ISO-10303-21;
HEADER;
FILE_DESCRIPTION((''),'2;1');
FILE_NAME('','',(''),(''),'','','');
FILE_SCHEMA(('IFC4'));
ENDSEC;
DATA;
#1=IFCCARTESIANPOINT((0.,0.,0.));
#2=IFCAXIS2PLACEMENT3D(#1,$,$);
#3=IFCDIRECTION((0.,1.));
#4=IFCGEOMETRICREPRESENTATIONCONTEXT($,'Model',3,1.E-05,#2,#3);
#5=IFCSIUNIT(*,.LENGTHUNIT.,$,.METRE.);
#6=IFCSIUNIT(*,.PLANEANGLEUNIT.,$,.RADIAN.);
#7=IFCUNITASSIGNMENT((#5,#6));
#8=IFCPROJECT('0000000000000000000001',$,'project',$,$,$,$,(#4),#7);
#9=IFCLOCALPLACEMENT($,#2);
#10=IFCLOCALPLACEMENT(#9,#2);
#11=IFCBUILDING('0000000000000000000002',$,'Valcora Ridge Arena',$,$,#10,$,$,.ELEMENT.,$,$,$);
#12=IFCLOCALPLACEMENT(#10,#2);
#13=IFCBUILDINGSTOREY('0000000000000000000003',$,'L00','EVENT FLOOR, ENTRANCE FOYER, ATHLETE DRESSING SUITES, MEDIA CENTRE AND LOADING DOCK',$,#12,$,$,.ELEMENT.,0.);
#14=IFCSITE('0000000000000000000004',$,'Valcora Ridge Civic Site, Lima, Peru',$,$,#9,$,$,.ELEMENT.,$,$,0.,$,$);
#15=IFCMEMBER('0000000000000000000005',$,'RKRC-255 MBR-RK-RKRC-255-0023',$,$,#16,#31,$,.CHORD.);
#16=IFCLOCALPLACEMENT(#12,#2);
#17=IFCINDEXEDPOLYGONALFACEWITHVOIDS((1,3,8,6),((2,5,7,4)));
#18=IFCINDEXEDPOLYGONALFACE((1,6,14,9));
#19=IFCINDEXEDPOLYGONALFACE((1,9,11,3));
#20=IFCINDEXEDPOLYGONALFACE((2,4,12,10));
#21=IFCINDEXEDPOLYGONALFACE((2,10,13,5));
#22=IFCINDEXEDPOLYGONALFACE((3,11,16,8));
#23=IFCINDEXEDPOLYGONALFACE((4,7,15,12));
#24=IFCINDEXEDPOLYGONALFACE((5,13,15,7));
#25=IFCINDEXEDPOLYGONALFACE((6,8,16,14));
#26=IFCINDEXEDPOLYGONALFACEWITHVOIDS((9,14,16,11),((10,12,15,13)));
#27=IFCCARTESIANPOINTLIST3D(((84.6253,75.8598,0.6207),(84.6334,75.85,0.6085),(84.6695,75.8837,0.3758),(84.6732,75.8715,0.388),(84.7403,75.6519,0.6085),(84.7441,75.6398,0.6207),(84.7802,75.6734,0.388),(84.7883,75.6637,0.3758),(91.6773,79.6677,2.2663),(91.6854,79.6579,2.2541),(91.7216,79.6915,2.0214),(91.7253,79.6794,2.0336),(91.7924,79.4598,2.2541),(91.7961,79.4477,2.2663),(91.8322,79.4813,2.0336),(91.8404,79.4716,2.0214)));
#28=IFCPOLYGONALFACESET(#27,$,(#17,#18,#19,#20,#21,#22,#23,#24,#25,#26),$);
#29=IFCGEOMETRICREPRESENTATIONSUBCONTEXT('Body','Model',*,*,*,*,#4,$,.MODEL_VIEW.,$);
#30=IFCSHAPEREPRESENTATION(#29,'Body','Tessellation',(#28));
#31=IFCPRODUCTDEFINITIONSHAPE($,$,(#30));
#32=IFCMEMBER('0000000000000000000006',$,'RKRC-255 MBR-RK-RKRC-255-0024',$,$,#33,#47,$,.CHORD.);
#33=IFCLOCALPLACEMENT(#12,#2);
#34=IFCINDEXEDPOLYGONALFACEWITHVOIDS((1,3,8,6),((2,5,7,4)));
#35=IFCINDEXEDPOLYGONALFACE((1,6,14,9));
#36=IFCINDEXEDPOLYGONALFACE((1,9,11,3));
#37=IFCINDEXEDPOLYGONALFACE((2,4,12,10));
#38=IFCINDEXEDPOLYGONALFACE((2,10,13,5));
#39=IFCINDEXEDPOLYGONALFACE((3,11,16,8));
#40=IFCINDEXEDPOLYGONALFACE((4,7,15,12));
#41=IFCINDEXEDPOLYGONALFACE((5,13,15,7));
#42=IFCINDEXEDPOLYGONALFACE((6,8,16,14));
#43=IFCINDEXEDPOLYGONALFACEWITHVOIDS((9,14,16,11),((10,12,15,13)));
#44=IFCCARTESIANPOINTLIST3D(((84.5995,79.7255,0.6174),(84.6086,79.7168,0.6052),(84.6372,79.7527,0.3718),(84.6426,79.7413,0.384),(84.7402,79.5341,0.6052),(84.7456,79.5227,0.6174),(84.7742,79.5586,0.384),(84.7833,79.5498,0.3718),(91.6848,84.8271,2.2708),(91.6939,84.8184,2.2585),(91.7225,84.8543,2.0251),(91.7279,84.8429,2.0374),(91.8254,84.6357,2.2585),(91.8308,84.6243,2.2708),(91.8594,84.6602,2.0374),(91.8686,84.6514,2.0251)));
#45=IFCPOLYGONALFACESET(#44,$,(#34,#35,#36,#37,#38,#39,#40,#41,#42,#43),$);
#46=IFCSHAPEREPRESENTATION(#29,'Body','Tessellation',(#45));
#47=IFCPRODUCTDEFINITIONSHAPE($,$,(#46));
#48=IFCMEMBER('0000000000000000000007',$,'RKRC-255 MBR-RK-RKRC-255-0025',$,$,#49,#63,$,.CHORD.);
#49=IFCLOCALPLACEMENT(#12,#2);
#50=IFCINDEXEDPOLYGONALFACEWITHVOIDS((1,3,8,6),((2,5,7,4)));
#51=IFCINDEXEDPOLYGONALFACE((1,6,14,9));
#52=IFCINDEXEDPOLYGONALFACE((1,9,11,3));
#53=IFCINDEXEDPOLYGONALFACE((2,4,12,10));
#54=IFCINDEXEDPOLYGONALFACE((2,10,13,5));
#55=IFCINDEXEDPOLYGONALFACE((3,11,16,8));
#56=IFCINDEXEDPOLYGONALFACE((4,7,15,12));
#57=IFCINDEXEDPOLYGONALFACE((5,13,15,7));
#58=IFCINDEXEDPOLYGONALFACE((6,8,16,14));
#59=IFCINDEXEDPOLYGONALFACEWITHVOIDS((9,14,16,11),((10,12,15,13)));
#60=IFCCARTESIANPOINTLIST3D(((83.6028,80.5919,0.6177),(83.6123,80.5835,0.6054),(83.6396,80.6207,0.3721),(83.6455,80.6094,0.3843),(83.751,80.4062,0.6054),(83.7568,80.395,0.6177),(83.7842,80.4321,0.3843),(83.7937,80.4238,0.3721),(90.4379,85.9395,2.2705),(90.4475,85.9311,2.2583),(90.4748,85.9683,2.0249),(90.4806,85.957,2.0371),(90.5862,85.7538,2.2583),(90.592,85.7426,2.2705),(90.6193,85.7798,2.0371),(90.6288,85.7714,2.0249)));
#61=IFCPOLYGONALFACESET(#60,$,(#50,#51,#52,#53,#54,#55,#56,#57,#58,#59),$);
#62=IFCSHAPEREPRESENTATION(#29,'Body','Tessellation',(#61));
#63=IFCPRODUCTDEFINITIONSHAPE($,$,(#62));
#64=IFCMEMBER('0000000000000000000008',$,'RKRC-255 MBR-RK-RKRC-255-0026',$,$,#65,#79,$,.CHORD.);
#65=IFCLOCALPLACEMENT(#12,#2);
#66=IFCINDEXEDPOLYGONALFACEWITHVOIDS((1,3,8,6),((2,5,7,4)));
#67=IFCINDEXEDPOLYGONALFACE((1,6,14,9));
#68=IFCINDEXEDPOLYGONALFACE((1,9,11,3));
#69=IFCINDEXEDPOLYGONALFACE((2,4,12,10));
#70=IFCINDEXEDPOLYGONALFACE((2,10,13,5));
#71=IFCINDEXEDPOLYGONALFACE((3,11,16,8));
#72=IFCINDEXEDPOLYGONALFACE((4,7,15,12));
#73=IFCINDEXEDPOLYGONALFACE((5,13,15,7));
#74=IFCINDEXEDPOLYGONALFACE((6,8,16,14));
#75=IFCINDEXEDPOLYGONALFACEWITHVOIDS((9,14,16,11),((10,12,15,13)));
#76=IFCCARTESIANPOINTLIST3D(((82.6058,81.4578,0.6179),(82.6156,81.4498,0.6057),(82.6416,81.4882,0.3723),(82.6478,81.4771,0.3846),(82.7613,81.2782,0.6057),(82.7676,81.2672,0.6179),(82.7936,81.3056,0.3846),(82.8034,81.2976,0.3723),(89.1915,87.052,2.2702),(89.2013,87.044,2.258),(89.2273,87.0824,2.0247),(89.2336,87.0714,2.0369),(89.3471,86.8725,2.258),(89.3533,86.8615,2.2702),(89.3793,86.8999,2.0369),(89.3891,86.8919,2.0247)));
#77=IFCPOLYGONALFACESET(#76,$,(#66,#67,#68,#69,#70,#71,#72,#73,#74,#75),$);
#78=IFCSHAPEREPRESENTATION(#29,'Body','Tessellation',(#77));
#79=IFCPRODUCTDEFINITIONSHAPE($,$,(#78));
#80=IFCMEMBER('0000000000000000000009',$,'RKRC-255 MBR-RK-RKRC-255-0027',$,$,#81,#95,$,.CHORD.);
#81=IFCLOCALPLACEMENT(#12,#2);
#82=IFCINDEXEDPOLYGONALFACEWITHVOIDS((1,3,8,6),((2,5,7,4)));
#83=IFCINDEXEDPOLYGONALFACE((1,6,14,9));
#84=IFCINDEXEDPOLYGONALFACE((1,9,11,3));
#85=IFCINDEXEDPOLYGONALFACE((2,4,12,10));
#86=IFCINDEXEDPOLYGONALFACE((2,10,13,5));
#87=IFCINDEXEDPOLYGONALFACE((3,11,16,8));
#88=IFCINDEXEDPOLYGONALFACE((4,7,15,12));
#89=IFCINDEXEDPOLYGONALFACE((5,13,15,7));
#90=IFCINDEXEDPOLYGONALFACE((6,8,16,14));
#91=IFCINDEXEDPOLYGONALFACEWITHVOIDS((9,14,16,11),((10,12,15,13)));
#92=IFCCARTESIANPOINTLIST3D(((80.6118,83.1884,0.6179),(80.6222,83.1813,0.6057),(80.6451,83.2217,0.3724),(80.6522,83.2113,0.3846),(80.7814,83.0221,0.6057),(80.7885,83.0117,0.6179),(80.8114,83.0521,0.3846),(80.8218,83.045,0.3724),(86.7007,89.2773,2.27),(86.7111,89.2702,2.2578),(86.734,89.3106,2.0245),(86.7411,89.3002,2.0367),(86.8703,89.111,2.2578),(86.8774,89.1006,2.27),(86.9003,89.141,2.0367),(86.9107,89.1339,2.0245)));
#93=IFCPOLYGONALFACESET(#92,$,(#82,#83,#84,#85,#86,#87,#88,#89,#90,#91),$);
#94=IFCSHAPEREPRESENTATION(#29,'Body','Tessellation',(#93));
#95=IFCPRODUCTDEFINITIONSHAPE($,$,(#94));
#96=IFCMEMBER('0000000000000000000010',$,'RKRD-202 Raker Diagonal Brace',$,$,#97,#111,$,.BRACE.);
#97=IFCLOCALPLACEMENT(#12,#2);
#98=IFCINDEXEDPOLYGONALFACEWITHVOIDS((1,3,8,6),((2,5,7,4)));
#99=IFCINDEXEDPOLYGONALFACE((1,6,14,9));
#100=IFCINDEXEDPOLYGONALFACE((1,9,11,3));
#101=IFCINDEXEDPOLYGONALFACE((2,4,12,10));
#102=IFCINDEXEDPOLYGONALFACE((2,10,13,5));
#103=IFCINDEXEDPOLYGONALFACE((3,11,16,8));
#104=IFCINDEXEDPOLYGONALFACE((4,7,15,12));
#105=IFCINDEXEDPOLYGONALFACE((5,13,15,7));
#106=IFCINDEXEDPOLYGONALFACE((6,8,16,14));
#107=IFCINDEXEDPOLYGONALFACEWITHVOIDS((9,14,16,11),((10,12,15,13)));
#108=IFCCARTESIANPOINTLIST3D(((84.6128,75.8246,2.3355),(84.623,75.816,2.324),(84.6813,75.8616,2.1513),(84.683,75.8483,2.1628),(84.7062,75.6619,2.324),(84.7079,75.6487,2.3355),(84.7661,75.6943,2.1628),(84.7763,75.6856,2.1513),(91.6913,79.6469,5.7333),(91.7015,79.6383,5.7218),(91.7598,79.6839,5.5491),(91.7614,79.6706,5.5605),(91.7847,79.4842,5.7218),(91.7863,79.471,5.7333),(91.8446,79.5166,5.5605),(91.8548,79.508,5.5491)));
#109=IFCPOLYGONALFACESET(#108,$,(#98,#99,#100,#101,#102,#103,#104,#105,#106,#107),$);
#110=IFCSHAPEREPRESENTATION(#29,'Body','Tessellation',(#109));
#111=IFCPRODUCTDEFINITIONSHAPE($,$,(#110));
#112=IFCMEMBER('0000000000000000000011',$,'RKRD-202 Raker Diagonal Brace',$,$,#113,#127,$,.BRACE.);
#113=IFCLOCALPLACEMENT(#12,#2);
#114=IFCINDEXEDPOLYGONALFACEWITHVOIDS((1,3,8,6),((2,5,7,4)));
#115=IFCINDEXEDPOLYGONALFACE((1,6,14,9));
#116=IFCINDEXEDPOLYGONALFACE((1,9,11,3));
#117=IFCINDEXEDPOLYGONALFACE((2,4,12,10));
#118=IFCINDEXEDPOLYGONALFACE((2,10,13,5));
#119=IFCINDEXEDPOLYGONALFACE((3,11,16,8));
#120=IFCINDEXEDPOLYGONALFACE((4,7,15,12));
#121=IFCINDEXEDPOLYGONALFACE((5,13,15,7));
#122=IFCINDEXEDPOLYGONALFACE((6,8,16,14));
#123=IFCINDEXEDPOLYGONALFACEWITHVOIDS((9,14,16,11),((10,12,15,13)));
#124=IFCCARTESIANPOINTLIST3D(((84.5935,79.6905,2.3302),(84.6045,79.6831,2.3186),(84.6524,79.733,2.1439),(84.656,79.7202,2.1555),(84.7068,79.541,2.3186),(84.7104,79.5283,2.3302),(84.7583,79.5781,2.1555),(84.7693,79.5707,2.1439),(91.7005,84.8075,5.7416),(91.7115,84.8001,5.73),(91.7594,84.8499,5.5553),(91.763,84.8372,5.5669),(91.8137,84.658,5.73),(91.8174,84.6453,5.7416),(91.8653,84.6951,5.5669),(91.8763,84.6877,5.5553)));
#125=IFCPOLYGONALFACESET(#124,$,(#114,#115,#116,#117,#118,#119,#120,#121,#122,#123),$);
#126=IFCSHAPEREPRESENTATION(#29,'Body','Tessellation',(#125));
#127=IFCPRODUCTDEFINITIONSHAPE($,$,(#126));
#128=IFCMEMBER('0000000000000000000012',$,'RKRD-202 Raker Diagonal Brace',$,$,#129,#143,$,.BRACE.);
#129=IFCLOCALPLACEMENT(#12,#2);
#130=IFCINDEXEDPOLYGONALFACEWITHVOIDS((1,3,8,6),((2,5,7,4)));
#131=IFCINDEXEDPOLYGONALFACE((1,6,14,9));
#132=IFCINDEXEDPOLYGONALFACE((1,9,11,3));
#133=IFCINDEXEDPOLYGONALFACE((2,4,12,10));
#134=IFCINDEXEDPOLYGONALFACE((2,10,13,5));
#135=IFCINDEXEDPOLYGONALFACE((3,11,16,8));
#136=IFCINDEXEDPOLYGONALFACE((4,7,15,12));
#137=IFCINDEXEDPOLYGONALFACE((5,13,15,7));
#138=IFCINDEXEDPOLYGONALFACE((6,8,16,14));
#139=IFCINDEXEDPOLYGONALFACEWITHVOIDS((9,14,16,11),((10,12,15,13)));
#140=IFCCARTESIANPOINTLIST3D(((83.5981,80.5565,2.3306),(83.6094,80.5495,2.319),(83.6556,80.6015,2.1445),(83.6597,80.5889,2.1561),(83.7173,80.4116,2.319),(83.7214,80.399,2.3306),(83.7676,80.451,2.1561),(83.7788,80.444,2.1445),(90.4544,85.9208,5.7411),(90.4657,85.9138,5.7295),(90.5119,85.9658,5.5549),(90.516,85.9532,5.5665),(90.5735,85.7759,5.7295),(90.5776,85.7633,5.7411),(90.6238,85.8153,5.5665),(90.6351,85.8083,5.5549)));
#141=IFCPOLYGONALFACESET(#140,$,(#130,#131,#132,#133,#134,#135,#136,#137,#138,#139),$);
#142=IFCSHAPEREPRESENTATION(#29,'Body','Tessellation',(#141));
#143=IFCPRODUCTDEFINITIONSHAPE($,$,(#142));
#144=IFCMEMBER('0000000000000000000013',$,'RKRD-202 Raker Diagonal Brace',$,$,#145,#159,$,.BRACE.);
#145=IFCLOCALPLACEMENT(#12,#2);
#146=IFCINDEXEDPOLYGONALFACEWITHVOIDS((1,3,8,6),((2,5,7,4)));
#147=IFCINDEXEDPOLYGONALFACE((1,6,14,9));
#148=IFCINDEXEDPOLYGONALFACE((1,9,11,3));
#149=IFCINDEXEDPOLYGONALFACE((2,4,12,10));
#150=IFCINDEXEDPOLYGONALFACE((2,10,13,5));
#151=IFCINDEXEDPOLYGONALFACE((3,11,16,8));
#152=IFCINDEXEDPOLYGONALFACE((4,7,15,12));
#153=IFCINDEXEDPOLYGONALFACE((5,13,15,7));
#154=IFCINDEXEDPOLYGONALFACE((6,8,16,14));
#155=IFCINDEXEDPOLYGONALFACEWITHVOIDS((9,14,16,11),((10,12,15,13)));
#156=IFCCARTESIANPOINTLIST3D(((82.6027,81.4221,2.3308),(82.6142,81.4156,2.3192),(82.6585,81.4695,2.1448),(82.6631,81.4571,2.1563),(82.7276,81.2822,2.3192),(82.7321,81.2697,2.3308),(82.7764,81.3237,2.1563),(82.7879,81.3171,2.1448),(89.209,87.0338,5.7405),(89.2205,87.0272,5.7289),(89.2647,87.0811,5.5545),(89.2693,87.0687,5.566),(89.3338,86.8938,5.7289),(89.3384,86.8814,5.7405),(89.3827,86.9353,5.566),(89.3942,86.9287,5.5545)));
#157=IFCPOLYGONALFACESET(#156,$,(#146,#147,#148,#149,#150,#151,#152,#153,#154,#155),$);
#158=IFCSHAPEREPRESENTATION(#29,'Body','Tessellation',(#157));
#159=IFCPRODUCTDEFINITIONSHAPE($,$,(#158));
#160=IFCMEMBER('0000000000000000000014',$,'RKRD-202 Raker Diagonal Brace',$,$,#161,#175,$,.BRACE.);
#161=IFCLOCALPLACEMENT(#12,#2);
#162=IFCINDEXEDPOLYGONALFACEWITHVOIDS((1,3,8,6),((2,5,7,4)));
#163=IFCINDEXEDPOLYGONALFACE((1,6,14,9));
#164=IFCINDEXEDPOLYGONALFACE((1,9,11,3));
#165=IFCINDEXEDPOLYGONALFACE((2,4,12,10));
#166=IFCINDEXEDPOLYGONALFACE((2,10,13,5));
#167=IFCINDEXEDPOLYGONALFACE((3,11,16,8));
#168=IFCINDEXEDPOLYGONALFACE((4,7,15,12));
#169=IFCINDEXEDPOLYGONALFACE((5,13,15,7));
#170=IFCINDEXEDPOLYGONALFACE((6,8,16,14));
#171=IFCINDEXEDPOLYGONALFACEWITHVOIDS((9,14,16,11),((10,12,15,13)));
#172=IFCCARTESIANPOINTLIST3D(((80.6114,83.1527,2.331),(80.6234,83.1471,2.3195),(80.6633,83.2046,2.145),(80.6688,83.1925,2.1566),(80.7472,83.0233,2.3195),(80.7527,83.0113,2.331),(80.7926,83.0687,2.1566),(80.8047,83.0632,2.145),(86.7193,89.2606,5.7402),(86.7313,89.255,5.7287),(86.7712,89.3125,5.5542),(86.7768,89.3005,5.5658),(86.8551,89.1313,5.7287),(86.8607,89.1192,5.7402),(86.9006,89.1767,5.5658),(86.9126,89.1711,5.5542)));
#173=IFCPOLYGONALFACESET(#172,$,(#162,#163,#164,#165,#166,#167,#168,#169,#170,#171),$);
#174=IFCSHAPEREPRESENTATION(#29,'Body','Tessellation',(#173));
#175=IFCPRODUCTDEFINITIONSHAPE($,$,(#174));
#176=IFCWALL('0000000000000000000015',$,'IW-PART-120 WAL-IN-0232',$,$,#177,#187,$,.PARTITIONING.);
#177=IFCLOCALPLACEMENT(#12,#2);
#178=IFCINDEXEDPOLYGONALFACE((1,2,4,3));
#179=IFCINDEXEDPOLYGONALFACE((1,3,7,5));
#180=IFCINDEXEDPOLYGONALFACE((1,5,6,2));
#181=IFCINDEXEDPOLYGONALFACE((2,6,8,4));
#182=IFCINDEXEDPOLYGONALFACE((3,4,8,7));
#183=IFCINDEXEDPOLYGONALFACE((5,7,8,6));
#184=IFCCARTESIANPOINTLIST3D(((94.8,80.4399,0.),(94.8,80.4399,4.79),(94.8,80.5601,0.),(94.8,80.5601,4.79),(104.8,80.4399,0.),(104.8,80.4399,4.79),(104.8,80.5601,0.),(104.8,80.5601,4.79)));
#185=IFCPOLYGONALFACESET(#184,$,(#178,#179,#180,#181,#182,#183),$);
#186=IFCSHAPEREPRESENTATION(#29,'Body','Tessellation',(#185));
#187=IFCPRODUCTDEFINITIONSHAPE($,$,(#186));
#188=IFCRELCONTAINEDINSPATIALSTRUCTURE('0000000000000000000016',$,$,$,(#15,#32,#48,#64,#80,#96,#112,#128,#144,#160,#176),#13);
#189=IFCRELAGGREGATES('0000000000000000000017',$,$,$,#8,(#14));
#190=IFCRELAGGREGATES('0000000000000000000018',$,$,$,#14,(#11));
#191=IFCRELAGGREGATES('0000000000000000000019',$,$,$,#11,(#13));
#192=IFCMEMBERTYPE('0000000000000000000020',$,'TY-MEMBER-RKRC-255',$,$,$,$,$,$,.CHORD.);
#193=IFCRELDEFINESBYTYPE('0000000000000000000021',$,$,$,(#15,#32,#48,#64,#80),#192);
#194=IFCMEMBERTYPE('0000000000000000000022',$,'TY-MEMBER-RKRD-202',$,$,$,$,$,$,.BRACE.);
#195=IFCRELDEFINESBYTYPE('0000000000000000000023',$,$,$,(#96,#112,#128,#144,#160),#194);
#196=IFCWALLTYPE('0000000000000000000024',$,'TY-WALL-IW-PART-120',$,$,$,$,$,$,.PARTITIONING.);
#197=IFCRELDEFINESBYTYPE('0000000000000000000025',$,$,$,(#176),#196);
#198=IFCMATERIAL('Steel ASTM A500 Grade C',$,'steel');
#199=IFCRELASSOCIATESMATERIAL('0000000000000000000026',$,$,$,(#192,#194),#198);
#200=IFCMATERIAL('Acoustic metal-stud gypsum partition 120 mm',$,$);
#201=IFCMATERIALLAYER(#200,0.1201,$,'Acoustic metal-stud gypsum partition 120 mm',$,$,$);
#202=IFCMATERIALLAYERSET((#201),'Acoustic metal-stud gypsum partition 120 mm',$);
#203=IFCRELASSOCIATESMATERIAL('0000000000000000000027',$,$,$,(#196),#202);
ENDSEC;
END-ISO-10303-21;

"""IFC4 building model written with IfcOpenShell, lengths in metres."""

from ifc_helpers import new_model, si_unit, direction, frame, frame_2d, origin, origin_2d, place, context, subcontext, project, spatial, rectangle, hollow_rectangle, extrude, material, layer, layer_set, material_profile, profile_set, type_object, element, save


model = new_model("IFC4")

# Units and contexts
model_context = context("Model", 3, precision=1e-05, world=origin(), true_north=direction((0.0, 1.0)))
body_context = subcontext(model_context, "Body", "Model", "MODEL_VIEW")
ifc_project = project(units=[si_unit("LENGTHUNIT", "METRE"), si_unit("PLANEANGLEUNIT", "RADIAN")], contexts=[model_context])

# Site, building, storey
site_placement = place(None, origin())
site = spatial("IfcSite", under=ifc_project, at=site_placement, Name="Valcora Ridge Civic Site, Lima, Peru", CompositionType="ELEMENT", RefElevation=0.0)
building_placement = place(site_placement, origin())
building = spatial("IfcBuilding", under=site, at=building_placement, Name="Valcora Ridge Arena", CompositionType="ELEMENT")
storey_placement = place(building_placement, origin())
storey = spatial("IfcBuildingStorey", under=building, at=storey_placement, Name="L00", Description="EVENT FLOOR, ENTRANCE FOYER, ATHLETE DRESSING SUITES, MEDIA CENTRE AND LOADING DOCK", CompositionType="ELEMENT", Elevation=0.0)

# Members
ifc_material_1 = material(Name="Steel ASTM A500 Grade C", Category="steel")
ifc_material_profile_1 = material_profile(ifc_material_1, hollow_rectangle(XDim=0.25, YDim=0.25, WallThickness=0.0125, at=origin_2d()), Name="HSS250X250X12")
ifc_profile_set_1 = profile_set([ifc_material_profile_1], Name="Steel ASTM A500 Grade C")
member_type_1 = type_object("IfcMemberType", Name="TY-MEMBER-RKRC-255", PredefinedType="CHORD", material=ifc_profile_set_1)
member_1_placement = place(storey_placement, frame((84.7068, 75.7617, 0.4983), z_axis=(0.861937, 0.465419, 0.201124), x_axis=(-0.475128, 0.879917, 0.0)))
element("IfcMember", 1, at=member_1_placement, inside=storey, type_object=member_type_1, Name="RKRC-255 MBR-RK-RKRC-255-0023", PredefinedType="CHORD", context=body_context, shape_type="SweptSolid", body=[
    extrude(hollow_rectangle(XDim=0.25, YDim=0.25, WallThickness=0.0125, at=origin_2d()), origin(), (0.0, 0.0, 1.0), 8.1816),
])
member_2_placement = place(storey_placement, frame((84.6914, 79.6377, 0.4946), z_axis=(0.797352, 0.574118, 0.186061), x_axis=(-0.584321, 0.811523, 0.0)))
element("IfcMember", 2, at=member_2_placement, inside=storey, type_object=member_type_1, Name="RKRC-255 MBR-RK-RKRC-255-0024", PredefinedType="CHORD", context=body_context, shape_type="SweptSolid", body=[
    extrude(hollow_rectangle(XDim=0.25, YDim=0.25, WallThickness=0.0125, at=origin_2d()), origin(), (0.0, 0.0, 1.0), 8.886),
])
member_3_placement = place(storey_placement, frame((83.6982, 80.5078, 0.4949), z_axis=(0.77369, 0.605312, 0.187087), x_axis=(-0.616191, 0.787596, 0.0)))
element("IfcMember", 3, at=member_3_placement, inside=storey, type_object=member_type_1, Name="RKRC-255 MBR-RK-RKRC-255-0025", PredefinedType="CHORD", context=body_context, shape_type="SweptSolid", body=[
    extrude(hollow_rectangle(XDim=0.25, YDim=0.25, WallThickness=0.0125, at=origin_2d()), origin(), (0.0, 0.0, 1.0), 8.8345),
])
member_4_placement = place(storey_placement, frame((82.7046, 81.3777, 0.4951), z_axis=(0.748582, 0.635885, 0.187818), x_axis=(-0.647406, 0.762145, 0.0)))
element("IfcMember", 4, at=member_4_placement, inside=storey, type_object=member_type_1, Name="RKRC-255 MBR-RK-RKRC-255-0026", PredefinedType="CHORD", context=body_context, shape_type="SweptSolid", body=[
    extrude(hollow_rectangle(XDim=0.25, YDim=0.25, WallThickness=0.0125, at=origin_2d()), origin(), (0.0, 0.0, 1.0), 8.7976),
])
member_5_placement = place(storey_placement, frame((80.7168, 83.1167, 0.4951), z_axis=(0.694441, 0.694441, 0.188424), x_axis=(-0.707107, 0.707107, 0.0)))
element("IfcMember", 5, at=member_5_placement, inside=storey, type_object=member_type_1, Name="RKRC-255 MBR-RK-RKRC-255-0027", PredefinedType="CHORD", context=body_context, shape_type="SweptSolid", body=[
    extrude(hollow_rectangle(XDim=0.25, YDim=0.25, WallThickness=0.0125, at=origin_2d()), origin(), (0.0, 0.0, 1.0), 8.7681),
])
ifc_material_profile_2 = material_profile(ifc_material_1, hollow_rectangle(XDim=0.2, YDim=0.2, WallThickness=0.0125, at=origin_2d()), Name="HSS200X200X12")
ifc_profile_set_2 = profile_set([ifc_material_profile_2], Name="Steel ASTM A500 Grade C")
member_type_2 = type_object("IfcMemberType", Name="TY-MEMBER-RKRD-202", PredefinedType="BRACE", material=ifc_profile_set_2)
member_6_placement = place(storey_placement, frame((84.6946, 75.7551, 2.2434), z_axis=(0.810573, 0.437703, 0.389085), x_axis=(-0.475144, 0.879908, 0.0)))
element("IfcMember", 6, at=member_6_placement, inside=storey, type_object=member_type_2, Name="RKRD-202 Raker Diagonal Brace", PredefinedType="BRACE", context=body_context, shape_type="SweptSolid", body=[
    extrude(hollow_rectangle(XDim=0.2, YDim=0.2, WallThickness=0.0125, at=origin_2d()), origin(), (0.0, 0.0, 1.0), 8.7327),
])
member_7_placement = place(storey_placement, frame((84.6814, 79.6306, 2.2371), z_axis=(0.756189, 0.544451, 0.362976), x_axis=(-0.584301, 0.811537, 0.0)))
element("IfcMember", 7, at=member_7_placement, inside=storey, type_object=member_type_2, Name="RKRD-202 Raker Diagonal Brace", PredefinedType="BRACE", context=body_context, shape_type="SweptSolid", body=[
    extrude(hollow_rectangle(XDim=0.2, YDim=0.2, WallThickness=0.0125, at=origin_2d()), origin(), (0.0, 0.0, 1.0), 9.3984),
])
member_8_placement = place(storey_placement, frame((83.6885, 80.5002, 2.2375), z_axis=(0.733321, 0.573747, 0.364767), x_axis=(-0.616204, 0.787587, 0.0)))
element("IfcMember", 8, at=member_8_placement, inside=storey, type_object=member_type_2, Name="RKRD-202 Raker Diagonal Brace", PredefinedType="BRACE", context=body_context, shape_type="SweptSolid", body=[
    extrude(hollow_rectangle(XDim=0.2, YDim=0.2, WallThickness=0.0125, at=origin_2d()), origin(), (0.0, 0.0, 1.0), 9.3496),
])
member_9_placement = place(storey_placement, frame((82.6953, 81.3696, 2.2378), z_axis=(0.709248, 0.602464, 0.366065), x_axis=(-0.647401, 0.76215, 0.0)))
element("IfcMember", 9, at=member_9_placement, inside=storey, type_object=member_type_2, Name="RKRD-202 Raker Diagonal Brace", PredefinedType="BRACE", context=body_context, shape_type="SweptSolid", body=[
    extrude(hollow_rectangle(XDim=0.2, YDim=0.2, WallThickness=0.0125, at=origin_2d()), origin(), (0.0, 0.0, 1.0), 9.3145),
])
member_10_placement = place(storey_placement, frame((80.708, 83.1079, 2.238), z_axis=(0.657732, 0.657732, 0.367119), x_axis=(-0.707107, 0.707107, 0.0)))
element("IfcMember", 10, at=member_10_placement, inside=storey, type_object=member_type_2, Name="RKRD-202 Raker Diagonal Brace", PredefinedType="BRACE", context=body_context, shape_type="SweptSolid", body=[
    extrude(hollow_rectangle(XDim=0.2, YDim=0.2, WallThickness=0.0125, at=origin_2d()), origin(), (0.0, 0.0, 1.0), 9.2864),
])

# Wall
ifc_material_2 = material(Name="Acoustic metal-stud gypsum partition 120 mm")
ifc_layer = layer(ifc_material_2, 0.1201, Name="Acoustic metal-stud gypsum partition 120 mm")
ifc_layer_set = layer_set([ifc_layer], Name="Acoustic metal-stud gypsum partition 120 mm")
wall_type = type_object("IfcWallType", Name="TY-WALL-IW-PART-120", PredefinedType="PARTITIONING", material=ifc_layer_set)
wall_placement = place(storey_placement, frame((94.8, 80.5, 0.0), z_axis=(0.0, 0.0, 1.0), x_axis=(1.0, 0.0, 0.0)))
element("IfcWall", 11, at=wall_placement, inside=storey, type_object=wall_type, Name="IW-PART-120 WAL-IN-0232", PredefinedType="PARTITIONING", context=body_context, shape_type="SweptSolid", body=[
    extrude(rectangle(XDim=10.0, YDim=0.1201, at=frame_2d((5.0, 0.0))), origin(), (0.0, 0.0, 1.0), 4.79),
])

save(model, "model.ifc")
